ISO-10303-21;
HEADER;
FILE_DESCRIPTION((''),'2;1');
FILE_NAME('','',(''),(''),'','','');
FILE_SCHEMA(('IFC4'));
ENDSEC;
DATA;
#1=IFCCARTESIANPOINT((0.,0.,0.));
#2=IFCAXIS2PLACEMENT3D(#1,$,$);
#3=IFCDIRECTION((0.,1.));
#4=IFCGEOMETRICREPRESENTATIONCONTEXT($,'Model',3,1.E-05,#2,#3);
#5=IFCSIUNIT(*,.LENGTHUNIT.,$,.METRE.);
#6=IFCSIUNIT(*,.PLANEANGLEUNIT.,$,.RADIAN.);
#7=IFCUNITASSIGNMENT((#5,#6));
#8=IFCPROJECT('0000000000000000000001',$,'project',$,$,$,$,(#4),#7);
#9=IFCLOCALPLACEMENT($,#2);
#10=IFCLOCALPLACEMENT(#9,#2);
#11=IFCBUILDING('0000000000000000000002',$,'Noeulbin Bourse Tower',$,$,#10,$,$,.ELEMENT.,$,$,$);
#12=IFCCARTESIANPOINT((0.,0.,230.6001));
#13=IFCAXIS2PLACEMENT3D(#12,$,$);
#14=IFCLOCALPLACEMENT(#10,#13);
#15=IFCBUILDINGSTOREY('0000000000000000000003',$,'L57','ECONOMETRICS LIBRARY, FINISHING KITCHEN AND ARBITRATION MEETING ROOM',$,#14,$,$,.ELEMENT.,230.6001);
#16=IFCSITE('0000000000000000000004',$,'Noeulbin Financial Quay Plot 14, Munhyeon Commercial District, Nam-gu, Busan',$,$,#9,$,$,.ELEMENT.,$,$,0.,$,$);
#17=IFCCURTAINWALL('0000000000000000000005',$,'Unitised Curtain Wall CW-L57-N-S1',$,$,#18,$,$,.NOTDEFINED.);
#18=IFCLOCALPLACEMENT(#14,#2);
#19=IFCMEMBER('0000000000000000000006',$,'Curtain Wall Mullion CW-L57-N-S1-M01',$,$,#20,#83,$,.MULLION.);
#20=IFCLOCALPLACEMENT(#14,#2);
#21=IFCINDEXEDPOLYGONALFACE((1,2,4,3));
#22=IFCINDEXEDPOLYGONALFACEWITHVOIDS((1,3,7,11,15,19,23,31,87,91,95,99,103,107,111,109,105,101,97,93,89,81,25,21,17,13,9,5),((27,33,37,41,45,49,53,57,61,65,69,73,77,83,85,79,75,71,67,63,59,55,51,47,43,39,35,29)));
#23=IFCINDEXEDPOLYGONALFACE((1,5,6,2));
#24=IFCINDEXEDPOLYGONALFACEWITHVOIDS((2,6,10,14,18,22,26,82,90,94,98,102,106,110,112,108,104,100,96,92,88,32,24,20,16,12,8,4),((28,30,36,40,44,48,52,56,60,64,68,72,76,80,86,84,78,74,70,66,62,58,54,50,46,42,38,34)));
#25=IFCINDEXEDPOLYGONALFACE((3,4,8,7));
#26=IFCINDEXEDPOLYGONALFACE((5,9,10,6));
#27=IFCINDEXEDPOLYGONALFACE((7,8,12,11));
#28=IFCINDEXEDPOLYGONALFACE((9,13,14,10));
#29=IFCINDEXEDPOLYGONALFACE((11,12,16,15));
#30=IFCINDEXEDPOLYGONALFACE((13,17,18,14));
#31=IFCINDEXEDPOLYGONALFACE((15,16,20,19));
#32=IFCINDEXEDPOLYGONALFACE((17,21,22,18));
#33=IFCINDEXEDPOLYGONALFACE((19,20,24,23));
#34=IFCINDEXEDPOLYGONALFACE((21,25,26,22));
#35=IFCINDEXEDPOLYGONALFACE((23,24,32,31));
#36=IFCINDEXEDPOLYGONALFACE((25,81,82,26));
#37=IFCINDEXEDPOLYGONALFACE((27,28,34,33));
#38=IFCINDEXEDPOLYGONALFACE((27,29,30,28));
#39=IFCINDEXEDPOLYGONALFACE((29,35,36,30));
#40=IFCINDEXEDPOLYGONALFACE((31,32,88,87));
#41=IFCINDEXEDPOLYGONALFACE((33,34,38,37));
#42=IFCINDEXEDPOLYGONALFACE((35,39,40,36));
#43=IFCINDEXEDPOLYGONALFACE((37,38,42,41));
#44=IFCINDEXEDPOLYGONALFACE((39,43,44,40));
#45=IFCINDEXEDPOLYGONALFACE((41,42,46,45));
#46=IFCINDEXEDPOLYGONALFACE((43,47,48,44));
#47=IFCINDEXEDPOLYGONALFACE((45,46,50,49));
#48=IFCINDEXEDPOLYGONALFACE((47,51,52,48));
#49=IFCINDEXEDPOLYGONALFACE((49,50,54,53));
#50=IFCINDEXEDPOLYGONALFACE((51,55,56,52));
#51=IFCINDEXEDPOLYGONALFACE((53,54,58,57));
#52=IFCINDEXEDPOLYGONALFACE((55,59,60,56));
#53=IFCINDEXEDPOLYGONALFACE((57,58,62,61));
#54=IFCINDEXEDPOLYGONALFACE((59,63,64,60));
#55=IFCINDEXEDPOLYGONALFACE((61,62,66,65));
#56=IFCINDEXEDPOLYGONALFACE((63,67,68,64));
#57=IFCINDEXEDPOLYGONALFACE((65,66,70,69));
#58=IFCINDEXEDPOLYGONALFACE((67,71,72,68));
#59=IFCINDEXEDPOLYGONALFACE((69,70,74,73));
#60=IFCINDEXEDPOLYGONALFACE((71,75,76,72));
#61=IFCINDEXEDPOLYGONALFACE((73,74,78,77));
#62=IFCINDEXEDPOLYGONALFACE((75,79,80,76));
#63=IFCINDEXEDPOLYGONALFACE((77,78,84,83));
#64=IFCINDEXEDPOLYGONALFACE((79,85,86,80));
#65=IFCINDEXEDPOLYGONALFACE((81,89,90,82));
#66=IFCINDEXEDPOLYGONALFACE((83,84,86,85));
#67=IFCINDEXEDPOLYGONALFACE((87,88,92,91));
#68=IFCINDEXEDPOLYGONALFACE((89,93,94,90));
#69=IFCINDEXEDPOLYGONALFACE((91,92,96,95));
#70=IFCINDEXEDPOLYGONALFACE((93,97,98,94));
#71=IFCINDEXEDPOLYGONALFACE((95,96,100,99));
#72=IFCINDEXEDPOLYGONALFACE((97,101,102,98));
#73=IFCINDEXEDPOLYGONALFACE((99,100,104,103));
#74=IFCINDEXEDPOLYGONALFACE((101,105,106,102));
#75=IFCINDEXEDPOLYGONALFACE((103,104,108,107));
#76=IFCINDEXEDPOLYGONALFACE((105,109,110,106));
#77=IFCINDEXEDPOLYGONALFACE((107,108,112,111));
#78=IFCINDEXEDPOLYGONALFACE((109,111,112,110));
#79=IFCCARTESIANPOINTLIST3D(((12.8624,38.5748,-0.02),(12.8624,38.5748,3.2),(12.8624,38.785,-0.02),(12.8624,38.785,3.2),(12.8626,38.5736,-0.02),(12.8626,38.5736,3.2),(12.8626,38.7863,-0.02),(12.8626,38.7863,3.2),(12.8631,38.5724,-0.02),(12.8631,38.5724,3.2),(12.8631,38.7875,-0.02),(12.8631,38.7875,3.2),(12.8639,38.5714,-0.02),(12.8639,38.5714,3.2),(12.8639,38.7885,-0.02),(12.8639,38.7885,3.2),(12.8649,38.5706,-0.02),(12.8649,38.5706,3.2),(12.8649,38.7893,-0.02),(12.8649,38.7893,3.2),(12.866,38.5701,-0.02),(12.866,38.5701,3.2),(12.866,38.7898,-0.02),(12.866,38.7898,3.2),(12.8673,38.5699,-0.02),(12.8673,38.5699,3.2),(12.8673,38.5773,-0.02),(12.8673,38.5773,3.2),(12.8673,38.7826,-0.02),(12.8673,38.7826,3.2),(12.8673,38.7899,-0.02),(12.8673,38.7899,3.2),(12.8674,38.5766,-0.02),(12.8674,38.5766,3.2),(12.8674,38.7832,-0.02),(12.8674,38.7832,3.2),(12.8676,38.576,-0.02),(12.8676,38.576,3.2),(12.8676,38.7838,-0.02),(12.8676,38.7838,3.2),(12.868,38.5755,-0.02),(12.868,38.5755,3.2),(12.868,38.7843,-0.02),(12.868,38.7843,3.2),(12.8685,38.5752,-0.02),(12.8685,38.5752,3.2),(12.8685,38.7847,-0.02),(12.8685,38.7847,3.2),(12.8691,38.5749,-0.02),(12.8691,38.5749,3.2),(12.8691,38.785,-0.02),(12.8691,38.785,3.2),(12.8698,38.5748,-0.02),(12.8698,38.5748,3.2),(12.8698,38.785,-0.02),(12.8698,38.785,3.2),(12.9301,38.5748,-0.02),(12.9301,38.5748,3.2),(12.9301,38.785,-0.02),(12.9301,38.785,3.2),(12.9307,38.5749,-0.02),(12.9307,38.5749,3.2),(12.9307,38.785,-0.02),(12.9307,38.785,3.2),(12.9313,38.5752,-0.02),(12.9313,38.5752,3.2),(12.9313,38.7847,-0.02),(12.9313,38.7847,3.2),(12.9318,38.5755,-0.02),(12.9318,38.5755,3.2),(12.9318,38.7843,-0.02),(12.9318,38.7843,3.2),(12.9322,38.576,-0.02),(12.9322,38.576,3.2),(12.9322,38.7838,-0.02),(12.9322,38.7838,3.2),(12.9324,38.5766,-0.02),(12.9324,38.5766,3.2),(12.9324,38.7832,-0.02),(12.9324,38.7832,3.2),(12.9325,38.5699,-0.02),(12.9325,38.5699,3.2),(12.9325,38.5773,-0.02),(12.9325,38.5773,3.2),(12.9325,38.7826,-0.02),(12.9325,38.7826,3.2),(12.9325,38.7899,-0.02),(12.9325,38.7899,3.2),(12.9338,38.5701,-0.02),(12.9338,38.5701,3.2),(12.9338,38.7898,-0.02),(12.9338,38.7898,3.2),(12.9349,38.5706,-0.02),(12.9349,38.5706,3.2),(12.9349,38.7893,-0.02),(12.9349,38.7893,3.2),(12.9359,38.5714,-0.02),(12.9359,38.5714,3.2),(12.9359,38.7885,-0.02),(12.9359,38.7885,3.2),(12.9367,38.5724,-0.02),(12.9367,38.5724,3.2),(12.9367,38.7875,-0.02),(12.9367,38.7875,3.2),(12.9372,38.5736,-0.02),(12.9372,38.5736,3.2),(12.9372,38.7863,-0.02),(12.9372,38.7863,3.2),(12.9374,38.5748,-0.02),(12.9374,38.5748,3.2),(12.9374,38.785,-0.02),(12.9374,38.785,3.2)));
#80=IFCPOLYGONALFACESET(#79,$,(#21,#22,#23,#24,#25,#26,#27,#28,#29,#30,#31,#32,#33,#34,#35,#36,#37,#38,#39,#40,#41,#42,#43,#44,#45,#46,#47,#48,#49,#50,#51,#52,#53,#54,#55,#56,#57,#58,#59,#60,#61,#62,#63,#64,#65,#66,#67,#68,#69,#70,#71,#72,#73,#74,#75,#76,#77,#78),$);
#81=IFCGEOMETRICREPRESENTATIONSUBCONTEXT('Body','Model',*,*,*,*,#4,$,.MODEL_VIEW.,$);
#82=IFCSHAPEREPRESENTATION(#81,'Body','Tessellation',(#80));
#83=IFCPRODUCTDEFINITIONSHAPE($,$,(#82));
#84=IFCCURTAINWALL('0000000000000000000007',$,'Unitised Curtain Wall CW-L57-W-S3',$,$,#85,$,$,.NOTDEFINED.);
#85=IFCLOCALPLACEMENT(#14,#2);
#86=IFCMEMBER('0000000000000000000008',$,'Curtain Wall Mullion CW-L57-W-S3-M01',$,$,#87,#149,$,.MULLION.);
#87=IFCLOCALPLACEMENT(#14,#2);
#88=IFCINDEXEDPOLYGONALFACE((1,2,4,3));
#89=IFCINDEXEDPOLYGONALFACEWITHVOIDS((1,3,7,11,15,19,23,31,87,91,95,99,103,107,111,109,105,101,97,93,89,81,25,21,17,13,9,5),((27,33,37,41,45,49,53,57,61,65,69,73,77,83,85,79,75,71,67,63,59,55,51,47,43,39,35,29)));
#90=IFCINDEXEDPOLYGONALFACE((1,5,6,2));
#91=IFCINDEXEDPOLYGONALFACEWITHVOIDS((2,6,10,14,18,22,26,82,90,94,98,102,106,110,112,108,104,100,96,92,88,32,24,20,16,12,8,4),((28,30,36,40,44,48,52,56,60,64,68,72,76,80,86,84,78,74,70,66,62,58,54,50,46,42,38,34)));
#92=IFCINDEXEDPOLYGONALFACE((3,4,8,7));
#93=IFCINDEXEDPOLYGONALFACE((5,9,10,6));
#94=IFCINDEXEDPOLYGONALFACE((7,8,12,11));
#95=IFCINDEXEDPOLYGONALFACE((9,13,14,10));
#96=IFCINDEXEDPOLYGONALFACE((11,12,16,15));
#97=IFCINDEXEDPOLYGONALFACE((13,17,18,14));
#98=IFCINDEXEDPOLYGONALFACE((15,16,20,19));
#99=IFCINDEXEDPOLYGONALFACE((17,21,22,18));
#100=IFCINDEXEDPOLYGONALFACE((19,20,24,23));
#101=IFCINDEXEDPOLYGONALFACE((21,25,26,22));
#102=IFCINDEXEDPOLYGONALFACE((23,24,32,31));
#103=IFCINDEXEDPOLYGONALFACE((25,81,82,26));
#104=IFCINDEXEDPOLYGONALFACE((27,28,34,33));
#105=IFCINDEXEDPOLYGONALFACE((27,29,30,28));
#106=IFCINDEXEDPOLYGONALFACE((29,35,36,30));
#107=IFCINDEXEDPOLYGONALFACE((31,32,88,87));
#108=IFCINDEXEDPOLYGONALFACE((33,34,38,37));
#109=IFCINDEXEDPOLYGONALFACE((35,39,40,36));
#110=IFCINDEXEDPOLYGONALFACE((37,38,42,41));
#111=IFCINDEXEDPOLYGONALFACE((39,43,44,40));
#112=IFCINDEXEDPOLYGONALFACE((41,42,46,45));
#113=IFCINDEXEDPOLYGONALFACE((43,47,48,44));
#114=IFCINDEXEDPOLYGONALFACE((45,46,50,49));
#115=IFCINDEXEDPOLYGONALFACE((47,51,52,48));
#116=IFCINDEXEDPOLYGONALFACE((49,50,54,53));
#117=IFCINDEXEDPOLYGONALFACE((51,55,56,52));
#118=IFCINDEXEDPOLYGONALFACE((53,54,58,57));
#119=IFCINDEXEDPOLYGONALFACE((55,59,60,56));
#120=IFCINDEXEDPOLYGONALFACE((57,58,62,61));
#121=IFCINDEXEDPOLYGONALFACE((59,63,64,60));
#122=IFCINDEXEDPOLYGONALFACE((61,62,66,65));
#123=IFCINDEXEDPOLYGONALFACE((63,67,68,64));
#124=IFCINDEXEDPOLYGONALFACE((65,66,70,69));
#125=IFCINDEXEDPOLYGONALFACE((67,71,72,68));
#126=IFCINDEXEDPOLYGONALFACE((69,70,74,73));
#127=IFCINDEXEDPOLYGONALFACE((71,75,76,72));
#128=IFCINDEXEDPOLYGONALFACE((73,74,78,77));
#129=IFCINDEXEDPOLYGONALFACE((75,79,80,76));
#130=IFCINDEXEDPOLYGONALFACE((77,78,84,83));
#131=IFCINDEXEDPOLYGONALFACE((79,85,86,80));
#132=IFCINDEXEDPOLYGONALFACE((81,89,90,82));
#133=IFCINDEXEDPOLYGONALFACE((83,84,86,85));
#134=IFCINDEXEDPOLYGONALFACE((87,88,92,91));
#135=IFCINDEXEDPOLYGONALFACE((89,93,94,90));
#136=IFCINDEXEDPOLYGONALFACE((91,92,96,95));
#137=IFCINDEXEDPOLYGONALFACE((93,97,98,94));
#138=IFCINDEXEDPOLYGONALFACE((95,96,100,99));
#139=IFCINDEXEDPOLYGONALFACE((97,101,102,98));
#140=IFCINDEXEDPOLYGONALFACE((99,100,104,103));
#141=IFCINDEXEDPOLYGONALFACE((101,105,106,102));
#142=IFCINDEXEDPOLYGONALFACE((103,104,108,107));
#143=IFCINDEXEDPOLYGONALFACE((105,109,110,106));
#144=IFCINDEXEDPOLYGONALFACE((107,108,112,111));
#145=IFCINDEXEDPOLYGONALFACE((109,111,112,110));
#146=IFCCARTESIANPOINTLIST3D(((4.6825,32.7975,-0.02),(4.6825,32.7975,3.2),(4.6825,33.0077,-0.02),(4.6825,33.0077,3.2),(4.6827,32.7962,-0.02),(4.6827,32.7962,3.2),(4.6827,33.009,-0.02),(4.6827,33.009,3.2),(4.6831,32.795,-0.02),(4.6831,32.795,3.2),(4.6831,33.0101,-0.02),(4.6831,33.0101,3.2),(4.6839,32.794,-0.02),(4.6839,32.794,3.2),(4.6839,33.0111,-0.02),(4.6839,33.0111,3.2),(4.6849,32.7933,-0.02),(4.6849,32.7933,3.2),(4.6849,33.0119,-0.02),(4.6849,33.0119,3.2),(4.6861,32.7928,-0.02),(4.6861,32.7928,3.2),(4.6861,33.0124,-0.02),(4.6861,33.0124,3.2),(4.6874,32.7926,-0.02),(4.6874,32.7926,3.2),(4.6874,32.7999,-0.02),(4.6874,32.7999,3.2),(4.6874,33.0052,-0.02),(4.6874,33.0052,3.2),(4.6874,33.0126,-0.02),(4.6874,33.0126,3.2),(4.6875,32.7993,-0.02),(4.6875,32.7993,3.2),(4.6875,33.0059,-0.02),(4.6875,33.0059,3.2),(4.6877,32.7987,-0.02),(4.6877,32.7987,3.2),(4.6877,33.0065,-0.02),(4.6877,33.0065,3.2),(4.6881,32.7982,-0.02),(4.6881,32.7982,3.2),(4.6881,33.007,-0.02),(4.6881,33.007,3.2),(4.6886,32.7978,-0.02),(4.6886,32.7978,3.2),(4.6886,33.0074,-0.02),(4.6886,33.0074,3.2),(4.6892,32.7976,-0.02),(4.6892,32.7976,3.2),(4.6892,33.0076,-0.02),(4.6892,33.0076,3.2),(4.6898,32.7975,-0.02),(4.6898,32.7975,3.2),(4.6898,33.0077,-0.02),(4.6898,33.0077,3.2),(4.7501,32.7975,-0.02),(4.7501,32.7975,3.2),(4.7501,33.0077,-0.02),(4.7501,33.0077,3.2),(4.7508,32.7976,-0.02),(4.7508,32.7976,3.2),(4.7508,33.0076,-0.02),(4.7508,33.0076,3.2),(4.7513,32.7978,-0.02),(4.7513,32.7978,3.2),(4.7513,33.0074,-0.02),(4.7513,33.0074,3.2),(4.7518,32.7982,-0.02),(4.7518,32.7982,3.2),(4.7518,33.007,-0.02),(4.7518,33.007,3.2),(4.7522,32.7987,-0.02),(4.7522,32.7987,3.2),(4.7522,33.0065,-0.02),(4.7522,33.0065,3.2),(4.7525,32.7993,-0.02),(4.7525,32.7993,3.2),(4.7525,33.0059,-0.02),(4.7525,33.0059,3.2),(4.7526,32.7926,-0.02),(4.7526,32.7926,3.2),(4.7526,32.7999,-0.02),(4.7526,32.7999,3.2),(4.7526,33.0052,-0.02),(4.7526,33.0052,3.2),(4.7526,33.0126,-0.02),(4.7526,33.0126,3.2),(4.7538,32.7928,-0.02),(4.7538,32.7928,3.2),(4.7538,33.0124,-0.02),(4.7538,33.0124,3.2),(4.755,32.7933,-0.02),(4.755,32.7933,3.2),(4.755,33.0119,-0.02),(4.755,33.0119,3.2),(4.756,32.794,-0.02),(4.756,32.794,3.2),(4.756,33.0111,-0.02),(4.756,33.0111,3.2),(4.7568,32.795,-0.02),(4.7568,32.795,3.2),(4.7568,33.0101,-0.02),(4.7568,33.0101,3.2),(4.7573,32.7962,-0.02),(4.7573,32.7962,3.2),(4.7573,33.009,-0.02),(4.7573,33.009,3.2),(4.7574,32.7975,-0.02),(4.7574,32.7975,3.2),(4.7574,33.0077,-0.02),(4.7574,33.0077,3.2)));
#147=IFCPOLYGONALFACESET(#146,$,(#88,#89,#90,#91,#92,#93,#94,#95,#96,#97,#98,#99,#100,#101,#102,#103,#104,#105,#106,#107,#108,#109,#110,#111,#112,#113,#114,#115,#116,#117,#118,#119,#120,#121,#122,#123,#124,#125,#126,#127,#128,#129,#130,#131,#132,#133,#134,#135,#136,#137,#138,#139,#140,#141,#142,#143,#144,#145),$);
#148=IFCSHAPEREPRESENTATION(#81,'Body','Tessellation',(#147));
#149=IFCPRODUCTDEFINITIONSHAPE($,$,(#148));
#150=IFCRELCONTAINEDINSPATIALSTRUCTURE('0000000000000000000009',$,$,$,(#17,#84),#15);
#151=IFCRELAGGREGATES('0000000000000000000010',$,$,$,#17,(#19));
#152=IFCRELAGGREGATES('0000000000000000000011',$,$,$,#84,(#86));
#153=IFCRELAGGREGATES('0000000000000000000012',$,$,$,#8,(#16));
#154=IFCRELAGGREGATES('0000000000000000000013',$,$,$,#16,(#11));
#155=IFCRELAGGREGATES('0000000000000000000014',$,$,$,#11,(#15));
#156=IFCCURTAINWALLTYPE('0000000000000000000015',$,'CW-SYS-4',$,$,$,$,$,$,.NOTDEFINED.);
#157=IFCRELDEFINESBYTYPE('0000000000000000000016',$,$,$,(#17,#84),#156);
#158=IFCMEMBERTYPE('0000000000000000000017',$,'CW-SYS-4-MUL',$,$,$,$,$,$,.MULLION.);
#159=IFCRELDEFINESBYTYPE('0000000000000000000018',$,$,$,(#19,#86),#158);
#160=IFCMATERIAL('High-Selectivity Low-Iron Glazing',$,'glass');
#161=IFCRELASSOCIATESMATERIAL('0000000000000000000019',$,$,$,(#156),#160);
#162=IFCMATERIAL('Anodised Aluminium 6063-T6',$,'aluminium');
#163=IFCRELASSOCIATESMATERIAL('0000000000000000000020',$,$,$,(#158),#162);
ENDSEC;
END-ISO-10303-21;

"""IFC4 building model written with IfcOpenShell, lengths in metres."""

from ifc_helpers import new_model, si_unit, direction, frame, origin, origin_2d, place, context, subcontext, project, spatial, hollow_rectangle, extrude, material, material_profile, profile_set, type_object, element, aggregate, save


model = new_model("IFC4")

# Units and contexts
model_context = context("Model", 3, precision=1e-05, world=origin(), true_north=direction((0.0, 1.0)))
body_context = subcontext(model_context, "Body", "Model", "MODEL_VIEW")
ifc_project = project(units=[si_unit("LENGTHUNIT", "METRE"), si_unit("PLANEANGLEUNIT", "RADIAN")], contexts=[model_context])

# Site, building, storey
site_placement = place(None, origin())
site = spatial("IfcSite", under=ifc_project, at=site_placement, Name="Noeulbin Financial Quay Plot 14, Munhyeon Commercial District, Nam-gu, Busan", CompositionType="ELEMENT", RefElevation=0.0)
building_placement = place(site_placement, origin())
building = spatial("IfcBuilding", under=site, at=building_placement, Name="Noeulbin Bourse Tower", CompositionType="ELEMENT")
storey_placement = place(building_placement, frame((0.0, 0.0, 230.6001)))
storey = spatial("IfcBuildingStorey", under=building, at=storey_placement, Name="L57", Description="ECONOMETRICS LIBRARY, FINISHING KITCHEN AND ARBITRATION MEETING ROOM", CompositionType="ELEMENT", Elevation=230.6001)

# Curtain walls, members
ifc_material_1 = material(Name="High-Selectivity Low-Iron Glazing", Category="glass")
curtain_wall_type = type_object("IfcCurtainWallType", Name="CW-SYS-4", PredefinedType="NOTDEFINED", material=ifc_material_1)
curtain_wall_1_placement = place(storey_placement, origin())
curtain_wall_1 = element("IfcCurtainWall", 1, at=curtain_wall_1_placement, inside=storey, type_object=curtain_wall_type, Name="Unitised Curtain Wall CW-L57-N-S1", PredefinedType="NOTDEFINED")
ifc_material_2 = material(Name="Anodised Aluminium 6063-T6", Category="aluminium")
ifc_material_profile_1 = material_profile(ifc_material_2, hollow_rectangle(XDim=0.075, YDim=0.22, WallThickness=0.0049, InnerFilletRadius=0.0024, OuterFilletRadius=0.0049, at=origin_2d()), Name="ALU-MULL-75x220x5", Category="LoadBearing")
ifc_profile_set_1 = profile_set([ifc_material_profile_1], Name="Anodised Aluminium 6063-T6")
member_type_1 = type_object("IfcMemberType", Name="CW-SYS-4-MUL", PredefinedType="MULLION", material=ifc_profile_set_1)
member_1_placement = place(storey_placement, frame((12.8999, 38.6799, -0.02), z_axis=(0.0, 0.0, 1.0), x_axis=(1.0, 0.0, 0.0)))
member_1 = element("IfcMember", 2, at=member_1_placement, type_object=member_type_1, Name="Curtain Wall Mullion CW-L57-N-S1-M01", PredefinedType="MULLION", context=body_context, shape_type="SweptSolid", body=[
    extrude(hollow_rectangle(XDim=0.075, YDim=0.22, WallThickness=0.0049, InnerFilletRadius=0.0024, OuterFilletRadius=0.0049, at=origin_2d()), origin(), (0.0, 0.0, 1.0), 3.22),
])
curtain_wall_2_placement = place(storey_placement, origin())
curtain_wall_2 = element("IfcCurtainWall", 3, at=curtain_wall_2_placement, inside=storey, type_object=curtain_wall_type, Name="Unitised Curtain Wall CW-L57-W-S3", PredefinedType="NOTDEFINED")
member_2_placement = place(storey_placement, frame((4.72, 32.9026, -0.02), z_axis=(0.0, 0.0, 1.0), x_axis=(1.0, 0.0, 0.0)))
member_2 = element("IfcMember", 4, at=member_2_placement, type_object=member_type_1, Name="Curtain Wall Mullion CW-L57-W-S3-M01", PredefinedType="MULLION", context=body_context, shape_type="SweptSolid", body=[
    extrude(hollow_rectangle(XDim=0.075, YDim=0.22, WallThickness=0.0049, InnerFilletRadius=0.0024, OuterFilletRadius=0.0049, at=origin_2d()), origin(), (0.0, 0.0, 1.0), 3.22),
])

aggregate(curtain_wall_1, [member_1])
aggregate(curtain_wall_2, [member_2])

save(model, "model.ifc")
